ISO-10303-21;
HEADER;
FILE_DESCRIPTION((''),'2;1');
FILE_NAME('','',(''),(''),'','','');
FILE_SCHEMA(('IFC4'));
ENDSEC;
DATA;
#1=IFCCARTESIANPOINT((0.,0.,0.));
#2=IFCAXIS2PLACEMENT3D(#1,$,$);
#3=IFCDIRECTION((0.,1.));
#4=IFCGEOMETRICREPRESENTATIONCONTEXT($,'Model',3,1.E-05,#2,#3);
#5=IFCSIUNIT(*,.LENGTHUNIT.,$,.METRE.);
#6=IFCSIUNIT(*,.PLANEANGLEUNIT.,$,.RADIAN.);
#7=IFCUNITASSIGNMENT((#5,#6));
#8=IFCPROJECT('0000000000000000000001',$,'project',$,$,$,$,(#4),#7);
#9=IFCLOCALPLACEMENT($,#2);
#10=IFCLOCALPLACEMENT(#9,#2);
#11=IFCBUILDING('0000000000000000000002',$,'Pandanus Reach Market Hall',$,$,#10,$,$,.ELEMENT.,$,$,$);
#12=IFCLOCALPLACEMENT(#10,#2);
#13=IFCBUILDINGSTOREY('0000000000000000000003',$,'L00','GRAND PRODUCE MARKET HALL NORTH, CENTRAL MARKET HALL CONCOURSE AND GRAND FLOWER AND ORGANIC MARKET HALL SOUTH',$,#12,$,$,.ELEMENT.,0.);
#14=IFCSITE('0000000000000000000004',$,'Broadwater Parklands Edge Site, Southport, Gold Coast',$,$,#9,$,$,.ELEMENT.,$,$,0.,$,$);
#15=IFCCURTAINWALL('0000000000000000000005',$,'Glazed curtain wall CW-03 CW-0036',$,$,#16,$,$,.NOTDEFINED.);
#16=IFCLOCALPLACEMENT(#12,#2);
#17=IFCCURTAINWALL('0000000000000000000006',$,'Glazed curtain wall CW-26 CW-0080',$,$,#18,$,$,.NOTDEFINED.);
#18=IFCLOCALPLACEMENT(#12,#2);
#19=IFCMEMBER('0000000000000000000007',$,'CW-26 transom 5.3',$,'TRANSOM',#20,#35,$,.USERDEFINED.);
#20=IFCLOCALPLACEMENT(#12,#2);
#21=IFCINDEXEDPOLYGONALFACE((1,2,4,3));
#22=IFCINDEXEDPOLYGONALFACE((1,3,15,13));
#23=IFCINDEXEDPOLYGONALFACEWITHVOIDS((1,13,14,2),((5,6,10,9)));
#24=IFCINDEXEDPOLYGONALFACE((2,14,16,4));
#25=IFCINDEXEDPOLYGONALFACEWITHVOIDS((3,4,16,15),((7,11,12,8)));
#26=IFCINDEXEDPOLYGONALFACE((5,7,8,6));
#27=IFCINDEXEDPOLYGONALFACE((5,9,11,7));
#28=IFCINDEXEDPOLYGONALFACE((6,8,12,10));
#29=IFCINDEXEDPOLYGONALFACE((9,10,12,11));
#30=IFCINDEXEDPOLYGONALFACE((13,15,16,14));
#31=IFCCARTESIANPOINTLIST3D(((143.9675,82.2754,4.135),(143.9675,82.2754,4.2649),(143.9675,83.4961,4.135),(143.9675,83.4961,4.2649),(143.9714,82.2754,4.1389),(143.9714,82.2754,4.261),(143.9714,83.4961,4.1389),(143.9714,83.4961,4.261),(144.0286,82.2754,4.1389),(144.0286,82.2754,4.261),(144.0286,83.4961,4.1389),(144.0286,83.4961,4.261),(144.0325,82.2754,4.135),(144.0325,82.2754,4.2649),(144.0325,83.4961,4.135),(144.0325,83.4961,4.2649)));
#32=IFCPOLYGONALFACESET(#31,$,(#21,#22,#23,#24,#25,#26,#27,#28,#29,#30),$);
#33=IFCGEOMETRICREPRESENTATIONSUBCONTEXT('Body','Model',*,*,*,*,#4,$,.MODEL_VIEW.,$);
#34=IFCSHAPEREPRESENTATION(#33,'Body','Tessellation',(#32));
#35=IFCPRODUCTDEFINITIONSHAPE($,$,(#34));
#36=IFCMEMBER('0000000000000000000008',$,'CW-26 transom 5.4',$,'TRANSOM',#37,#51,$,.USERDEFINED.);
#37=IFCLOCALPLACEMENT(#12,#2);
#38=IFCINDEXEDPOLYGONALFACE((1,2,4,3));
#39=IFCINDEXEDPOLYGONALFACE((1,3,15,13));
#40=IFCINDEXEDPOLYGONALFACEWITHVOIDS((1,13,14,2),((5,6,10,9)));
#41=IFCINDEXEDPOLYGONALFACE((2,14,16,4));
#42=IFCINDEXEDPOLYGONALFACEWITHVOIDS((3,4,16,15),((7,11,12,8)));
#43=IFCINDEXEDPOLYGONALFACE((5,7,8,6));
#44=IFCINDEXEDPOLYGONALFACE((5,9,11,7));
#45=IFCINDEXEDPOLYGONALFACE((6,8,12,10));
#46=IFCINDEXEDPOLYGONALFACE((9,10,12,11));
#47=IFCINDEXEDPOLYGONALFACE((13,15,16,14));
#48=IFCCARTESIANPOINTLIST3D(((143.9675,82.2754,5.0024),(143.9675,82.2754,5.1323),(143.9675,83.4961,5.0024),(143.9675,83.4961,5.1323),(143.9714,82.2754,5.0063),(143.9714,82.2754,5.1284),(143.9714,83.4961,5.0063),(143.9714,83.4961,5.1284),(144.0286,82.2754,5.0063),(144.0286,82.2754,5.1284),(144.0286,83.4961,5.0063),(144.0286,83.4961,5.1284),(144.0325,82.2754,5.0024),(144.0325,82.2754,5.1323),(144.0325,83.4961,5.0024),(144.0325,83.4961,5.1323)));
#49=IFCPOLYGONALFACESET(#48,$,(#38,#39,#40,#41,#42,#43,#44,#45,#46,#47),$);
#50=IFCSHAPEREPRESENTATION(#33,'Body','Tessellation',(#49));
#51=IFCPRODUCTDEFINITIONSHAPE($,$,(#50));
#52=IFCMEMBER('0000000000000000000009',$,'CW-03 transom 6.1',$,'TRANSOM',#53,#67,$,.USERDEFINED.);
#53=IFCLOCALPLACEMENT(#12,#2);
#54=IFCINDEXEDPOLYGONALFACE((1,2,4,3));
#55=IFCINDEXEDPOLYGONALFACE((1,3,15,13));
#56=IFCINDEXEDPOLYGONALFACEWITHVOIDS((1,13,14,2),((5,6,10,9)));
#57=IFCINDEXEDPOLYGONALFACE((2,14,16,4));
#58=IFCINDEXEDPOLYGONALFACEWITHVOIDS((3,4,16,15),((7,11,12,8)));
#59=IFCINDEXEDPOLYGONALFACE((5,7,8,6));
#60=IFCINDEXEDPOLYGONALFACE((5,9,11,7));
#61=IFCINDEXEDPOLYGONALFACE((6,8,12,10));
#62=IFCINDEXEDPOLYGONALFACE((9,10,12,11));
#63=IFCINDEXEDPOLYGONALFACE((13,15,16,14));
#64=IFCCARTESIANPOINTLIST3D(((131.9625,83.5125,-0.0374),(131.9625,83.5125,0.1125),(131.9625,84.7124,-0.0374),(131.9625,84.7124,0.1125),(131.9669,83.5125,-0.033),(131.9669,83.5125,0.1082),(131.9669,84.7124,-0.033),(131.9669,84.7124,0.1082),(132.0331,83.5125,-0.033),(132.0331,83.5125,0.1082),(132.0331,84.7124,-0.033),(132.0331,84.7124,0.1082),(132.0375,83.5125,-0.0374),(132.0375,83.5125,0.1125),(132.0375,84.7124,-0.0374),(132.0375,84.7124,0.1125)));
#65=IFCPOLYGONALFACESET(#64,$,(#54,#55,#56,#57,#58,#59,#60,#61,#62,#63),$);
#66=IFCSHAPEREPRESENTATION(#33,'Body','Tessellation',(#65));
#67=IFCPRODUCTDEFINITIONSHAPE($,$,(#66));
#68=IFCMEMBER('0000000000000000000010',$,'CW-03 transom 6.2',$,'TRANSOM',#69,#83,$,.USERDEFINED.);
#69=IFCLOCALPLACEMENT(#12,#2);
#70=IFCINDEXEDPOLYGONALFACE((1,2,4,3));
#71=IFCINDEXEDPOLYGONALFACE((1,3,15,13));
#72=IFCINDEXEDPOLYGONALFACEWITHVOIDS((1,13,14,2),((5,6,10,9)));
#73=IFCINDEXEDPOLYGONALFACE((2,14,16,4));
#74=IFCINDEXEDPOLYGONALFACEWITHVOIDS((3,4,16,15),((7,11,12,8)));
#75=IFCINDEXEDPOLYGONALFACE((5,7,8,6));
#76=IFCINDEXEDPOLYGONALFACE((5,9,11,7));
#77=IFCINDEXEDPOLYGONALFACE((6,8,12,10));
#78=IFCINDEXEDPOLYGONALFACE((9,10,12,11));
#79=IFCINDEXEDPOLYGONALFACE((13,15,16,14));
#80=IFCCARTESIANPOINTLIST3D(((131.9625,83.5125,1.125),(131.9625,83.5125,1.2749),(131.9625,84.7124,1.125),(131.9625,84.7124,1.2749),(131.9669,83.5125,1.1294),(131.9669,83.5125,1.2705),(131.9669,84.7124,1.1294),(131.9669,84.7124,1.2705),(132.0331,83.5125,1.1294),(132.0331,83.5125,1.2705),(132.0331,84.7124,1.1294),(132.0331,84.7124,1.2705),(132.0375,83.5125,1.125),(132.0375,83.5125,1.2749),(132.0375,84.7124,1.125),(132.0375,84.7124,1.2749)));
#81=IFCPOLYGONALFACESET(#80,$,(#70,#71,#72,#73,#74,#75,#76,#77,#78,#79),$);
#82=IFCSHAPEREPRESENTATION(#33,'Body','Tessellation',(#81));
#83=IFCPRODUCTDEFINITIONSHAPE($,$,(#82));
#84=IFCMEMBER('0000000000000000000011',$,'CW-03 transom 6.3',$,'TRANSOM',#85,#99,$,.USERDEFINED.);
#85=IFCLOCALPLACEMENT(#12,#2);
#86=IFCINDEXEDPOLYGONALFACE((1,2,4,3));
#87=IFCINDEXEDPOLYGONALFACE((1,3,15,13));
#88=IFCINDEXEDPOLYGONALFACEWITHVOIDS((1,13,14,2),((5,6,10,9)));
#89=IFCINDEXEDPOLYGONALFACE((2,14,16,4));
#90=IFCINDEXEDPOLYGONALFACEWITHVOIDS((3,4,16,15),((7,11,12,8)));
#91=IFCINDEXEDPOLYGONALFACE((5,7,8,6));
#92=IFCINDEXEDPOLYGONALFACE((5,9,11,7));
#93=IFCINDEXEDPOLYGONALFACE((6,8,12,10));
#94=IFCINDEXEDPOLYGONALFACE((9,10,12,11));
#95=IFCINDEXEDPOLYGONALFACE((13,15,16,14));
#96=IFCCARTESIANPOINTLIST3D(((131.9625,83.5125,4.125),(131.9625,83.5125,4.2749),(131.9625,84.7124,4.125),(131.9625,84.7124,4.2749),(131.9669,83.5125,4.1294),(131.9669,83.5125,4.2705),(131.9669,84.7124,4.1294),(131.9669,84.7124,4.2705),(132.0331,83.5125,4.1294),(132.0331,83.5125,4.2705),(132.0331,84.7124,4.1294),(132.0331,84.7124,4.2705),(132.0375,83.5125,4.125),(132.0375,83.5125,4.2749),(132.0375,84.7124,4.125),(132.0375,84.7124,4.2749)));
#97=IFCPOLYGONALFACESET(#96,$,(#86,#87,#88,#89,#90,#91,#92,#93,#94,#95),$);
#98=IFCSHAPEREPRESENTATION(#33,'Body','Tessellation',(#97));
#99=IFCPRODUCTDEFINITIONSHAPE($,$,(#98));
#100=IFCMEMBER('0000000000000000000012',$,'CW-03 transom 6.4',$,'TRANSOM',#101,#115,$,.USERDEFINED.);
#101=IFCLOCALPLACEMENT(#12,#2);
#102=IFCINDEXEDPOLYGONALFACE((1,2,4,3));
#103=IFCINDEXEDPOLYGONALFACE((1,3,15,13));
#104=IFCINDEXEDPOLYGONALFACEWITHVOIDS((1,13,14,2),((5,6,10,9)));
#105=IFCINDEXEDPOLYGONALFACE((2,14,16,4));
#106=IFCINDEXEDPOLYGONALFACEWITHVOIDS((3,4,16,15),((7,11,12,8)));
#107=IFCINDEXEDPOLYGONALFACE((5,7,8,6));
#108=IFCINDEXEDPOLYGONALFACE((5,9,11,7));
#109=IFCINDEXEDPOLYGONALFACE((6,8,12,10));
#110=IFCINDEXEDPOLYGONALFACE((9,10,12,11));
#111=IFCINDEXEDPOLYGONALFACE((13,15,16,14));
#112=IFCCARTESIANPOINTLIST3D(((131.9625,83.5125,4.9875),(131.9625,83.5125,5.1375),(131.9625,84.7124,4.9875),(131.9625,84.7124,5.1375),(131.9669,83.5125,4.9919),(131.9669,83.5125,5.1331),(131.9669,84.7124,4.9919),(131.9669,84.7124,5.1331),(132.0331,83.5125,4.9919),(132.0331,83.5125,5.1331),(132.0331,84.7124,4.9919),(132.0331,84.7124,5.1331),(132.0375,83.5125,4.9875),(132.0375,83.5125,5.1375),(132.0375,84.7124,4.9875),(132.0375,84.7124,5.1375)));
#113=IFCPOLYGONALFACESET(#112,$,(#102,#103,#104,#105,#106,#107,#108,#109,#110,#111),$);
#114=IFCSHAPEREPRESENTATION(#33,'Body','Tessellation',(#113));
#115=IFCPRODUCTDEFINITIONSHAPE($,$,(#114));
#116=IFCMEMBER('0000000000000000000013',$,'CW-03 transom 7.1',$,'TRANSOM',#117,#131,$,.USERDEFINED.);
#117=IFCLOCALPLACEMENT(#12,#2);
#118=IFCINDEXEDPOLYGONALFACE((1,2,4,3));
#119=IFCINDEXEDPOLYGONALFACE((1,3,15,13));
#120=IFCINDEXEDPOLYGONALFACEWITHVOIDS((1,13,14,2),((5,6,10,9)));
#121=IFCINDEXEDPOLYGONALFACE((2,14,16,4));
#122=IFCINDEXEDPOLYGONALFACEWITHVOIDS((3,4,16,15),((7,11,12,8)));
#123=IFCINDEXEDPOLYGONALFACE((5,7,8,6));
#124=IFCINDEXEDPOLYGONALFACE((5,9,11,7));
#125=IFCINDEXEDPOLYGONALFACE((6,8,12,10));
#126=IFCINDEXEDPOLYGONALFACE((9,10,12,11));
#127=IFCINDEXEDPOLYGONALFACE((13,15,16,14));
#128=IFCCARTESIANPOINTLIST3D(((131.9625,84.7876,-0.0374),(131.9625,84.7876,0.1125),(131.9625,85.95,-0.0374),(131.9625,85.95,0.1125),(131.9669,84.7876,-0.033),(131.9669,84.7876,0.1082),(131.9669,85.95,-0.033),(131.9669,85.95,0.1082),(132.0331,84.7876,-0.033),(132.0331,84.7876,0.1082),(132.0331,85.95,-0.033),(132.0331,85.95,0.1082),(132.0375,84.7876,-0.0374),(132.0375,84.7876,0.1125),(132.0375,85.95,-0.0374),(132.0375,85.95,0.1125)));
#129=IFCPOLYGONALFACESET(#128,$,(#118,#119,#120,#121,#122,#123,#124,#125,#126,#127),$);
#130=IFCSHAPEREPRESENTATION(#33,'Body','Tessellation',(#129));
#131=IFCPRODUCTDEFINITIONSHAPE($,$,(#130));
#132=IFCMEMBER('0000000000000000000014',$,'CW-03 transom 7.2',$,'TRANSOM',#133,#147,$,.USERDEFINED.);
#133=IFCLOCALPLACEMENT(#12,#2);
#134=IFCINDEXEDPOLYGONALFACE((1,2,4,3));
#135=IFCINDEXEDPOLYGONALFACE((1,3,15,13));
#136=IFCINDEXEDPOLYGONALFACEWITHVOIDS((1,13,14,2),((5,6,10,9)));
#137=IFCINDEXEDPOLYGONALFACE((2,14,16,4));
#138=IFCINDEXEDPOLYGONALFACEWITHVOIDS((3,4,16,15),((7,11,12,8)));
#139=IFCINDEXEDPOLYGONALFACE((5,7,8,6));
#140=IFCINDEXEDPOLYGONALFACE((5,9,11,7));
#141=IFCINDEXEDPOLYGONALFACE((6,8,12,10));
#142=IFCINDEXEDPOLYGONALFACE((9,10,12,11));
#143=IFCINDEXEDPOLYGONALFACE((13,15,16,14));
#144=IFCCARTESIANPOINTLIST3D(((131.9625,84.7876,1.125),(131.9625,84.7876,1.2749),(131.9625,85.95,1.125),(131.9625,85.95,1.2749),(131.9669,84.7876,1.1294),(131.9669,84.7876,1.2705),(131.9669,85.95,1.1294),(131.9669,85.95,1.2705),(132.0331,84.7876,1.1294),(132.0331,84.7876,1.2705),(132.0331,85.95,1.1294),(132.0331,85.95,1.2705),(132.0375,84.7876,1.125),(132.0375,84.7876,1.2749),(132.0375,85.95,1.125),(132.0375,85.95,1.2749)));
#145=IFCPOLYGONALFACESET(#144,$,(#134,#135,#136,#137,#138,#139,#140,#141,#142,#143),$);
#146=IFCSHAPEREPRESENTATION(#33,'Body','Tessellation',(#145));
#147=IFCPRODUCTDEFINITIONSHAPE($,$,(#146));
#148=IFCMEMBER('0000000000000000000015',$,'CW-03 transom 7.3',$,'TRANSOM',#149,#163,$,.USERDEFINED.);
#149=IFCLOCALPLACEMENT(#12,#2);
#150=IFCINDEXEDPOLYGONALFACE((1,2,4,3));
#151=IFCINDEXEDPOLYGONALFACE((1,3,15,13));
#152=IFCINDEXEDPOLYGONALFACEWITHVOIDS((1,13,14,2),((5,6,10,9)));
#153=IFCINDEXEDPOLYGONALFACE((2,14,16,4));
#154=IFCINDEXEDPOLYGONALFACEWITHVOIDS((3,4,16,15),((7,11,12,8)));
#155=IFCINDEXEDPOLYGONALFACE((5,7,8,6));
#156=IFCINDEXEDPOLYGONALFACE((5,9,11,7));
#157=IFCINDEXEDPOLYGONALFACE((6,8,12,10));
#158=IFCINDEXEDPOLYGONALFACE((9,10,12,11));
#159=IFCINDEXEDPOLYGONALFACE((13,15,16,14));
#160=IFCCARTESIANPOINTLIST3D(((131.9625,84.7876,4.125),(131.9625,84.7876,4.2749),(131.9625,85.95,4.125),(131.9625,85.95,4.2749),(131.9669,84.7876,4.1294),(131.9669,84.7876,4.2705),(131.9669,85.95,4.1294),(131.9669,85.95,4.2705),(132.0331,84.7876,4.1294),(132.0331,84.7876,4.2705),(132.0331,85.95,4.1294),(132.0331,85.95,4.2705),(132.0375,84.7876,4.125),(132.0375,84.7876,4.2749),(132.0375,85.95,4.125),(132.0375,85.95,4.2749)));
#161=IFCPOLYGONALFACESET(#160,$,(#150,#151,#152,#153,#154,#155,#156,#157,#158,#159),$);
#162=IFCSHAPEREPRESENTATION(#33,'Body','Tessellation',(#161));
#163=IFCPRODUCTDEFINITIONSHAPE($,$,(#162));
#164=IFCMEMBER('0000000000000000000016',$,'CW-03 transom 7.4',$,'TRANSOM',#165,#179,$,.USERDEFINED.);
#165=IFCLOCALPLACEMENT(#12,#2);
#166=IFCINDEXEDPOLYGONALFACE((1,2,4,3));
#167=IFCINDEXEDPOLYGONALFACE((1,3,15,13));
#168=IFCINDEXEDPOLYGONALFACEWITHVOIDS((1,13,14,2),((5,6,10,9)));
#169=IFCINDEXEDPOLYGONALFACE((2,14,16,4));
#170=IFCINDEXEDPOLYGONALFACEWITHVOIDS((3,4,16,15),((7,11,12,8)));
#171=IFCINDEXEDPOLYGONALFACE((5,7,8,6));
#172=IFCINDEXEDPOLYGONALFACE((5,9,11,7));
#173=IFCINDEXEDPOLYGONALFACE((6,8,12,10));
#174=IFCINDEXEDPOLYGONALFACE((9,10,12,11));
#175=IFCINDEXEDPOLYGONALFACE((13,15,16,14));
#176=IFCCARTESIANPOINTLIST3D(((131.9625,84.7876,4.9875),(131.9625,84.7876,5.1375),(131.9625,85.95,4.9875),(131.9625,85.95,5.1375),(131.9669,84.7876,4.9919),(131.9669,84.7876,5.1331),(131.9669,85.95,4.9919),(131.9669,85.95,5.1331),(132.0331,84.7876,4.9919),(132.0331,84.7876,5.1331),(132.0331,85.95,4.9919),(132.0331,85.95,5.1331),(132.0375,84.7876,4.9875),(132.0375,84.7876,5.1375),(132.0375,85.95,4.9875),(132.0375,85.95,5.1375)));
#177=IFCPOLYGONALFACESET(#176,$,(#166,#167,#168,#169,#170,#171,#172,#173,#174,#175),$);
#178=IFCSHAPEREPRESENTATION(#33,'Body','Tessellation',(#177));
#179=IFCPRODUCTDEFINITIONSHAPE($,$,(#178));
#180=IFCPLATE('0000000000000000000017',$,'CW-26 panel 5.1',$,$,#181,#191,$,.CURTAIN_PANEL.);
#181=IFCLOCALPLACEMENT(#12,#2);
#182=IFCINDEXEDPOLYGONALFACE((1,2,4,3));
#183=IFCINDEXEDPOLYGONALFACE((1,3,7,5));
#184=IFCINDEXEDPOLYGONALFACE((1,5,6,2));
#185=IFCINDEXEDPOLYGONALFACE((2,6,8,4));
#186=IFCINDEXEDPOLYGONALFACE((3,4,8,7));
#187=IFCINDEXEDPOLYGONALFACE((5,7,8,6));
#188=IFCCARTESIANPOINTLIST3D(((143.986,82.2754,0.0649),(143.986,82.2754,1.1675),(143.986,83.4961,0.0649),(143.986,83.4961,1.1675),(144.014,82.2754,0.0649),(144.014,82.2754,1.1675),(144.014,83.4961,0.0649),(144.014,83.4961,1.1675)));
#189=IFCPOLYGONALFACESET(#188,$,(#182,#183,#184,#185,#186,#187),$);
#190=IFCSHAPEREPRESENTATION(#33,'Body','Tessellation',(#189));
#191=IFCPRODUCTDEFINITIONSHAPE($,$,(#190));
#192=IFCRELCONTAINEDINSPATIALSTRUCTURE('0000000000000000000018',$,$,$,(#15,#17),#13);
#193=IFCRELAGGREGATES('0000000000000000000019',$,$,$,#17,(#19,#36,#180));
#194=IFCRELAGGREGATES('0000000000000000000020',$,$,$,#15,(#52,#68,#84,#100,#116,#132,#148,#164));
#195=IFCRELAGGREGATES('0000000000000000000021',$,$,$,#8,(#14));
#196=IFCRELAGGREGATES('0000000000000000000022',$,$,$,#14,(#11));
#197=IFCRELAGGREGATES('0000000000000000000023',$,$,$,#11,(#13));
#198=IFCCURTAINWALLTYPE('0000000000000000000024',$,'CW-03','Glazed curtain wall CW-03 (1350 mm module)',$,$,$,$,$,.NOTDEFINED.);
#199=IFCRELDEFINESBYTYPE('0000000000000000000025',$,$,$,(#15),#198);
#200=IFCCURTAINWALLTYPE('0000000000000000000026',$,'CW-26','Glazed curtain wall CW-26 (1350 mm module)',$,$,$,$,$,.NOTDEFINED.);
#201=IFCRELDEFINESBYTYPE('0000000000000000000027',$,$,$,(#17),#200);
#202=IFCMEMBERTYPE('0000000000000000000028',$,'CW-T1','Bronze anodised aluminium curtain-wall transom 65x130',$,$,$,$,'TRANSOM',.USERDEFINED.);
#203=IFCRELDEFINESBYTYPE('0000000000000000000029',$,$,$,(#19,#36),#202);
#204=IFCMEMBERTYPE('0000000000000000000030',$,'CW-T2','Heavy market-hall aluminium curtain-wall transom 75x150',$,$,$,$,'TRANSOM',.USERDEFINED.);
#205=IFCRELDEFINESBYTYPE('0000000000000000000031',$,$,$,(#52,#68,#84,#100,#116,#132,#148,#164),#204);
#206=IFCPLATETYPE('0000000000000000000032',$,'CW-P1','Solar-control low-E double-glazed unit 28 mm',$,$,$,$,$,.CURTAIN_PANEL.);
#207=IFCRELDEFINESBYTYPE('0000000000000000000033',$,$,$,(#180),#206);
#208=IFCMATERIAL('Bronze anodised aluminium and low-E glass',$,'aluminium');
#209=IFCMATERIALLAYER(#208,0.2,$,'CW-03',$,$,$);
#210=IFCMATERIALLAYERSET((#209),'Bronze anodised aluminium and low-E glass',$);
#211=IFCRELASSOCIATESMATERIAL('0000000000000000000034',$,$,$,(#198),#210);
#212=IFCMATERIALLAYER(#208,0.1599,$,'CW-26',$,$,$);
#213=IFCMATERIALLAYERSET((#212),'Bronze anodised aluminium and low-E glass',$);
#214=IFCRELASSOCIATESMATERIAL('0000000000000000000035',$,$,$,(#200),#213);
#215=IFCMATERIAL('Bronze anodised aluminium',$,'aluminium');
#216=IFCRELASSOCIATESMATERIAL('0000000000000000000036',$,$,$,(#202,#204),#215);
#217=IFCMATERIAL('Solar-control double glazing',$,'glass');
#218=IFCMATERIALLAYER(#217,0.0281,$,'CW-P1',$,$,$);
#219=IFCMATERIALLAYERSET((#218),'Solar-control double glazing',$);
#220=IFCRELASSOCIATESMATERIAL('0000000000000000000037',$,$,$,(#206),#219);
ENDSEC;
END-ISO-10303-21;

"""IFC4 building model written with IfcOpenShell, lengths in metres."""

from ifc_helpers import new_model, si_unit, direction, frame, origin, origin_2d, place, context, subcontext, project, spatial, rectangle, hollow_rectangle, extrude, material, layer, layer_set, material_profile, profile_set, type_object, element, aggregate, save


model = new_model("IFC4")

# Units and contexts
model_context = context("Model", 3, precision=1e-05, world=origin(), true_north=direction((0.0, 1.0)))
body_context = subcontext(model_context, "Body", "Model", "MODEL_VIEW")
ifc_project = project(units=[si_unit("LENGTHUNIT", "METRE"), si_unit("PLANEANGLEUNIT", "RADIAN")], contexts=[model_context])

# Site, building, storey
site_placement = place(None, origin())
site = spatial("IfcSite", under=ifc_project, at=site_placement, Name="Broadwater Parklands Edge Site, Southport, Gold Coast", CompositionType="ELEMENT", RefElevation=0.0)
building_placement = place(site_placement, origin())
building = spatial("IfcBuilding", under=site, at=building_placement, Name="Pandanus Reach Market Hall", CompositionType="ELEMENT")
storey_placement = place(building_placement, origin())
storey = spatial("IfcBuildingStorey", under=building, at=storey_placement, Name="L00", Description="GRAND PRODUCE MARKET HALL NORTH, CENTRAL MARKET HALL CONCOURSE AND GRAND FLOWER AND ORGANIC MARKET HALL SOUTH", CompositionType="ELEMENT", Elevation=0.0)

# Curtain walls, members
ifc_material_1 = material(Name="Bronze anodised aluminium and low-E glass", Category="aluminium")
ifc_layer_1 = layer(ifc_material_1, 0.2, Name="CW-03")
ifc_layer_set_1 = layer_set([ifc_layer_1], Name="Bronze anodised aluminium and low-E glass")
curtain_wall_type_1 = type_object("IfcCurtainWallType", Name="CW-03", Description="Glazed curtain wall CW-03 (1350 mm module)", PredefinedType="NOTDEFINED", material=ifc_layer_set_1)
curtain_wall_1_placement = place(storey_placement, origin())
curtain_wall_1 = element("IfcCurtainWall", 1, at=curtain_wall_1_placement, inside=storey, type_object=curtain_wall_type_1, Name="Glazed curtain wall CW-03 CW-0036", PredefinedType="NOTDEFINED")
ifc_material_2 = material(Name="Bronze anodised aluminium", Category="aluminium")
ifc_layer_2 = layer(ifc_material_1, 0.1599, Name="CW-26")
ifc_layer_set_2 = layer_set([ifc_layer_2], Name="Bronze anodised aluminium and low-E glass")
curtain_wall_type_2 = type_object("IfcCurtainWallType", Name="CW-26", Description="Glazed curtain wall CW-26 (1350 mm module)", PredefinedType="NOTDEFINED", material=ifc_layer_set_2)
curtain_wall_2_placement = place(storey_placement, origin())
curtain_wall_2 = element("IfcCurtainWall", 2, at=curtain_wall_2_placement, inside=storey, type_object=curtain_wall_type_2, Name="Glazed curtain wall CW-26 CW-0080", PredefinedType="NOTDEFINED")
ifc_material_profile_1 = material_profile(ifc_material_2, hollow_rectangle(XDim=0.0649, YDim=0.1299, WallThickness=0.0039, at=origin_2d()), Name="ALU65x130", Category="LoadBearing")
ifc_profile_set_1 = profile_set([ifc_material_profile_1], Name="Bronze anodised aluminium")
member_type_1 = type_object("IfcMemberType", Name="CW-T1", Description="Bronze anodised aluminium curtain-wall transom 65x130", ElementType="TRANSOM", PredefinedType="USERDEFINED", material=ifc_profile_set_1)
member_1_placement = place(storey_placement, frame((144.0, 82.2754, 4.2), z_axis=(0.0, 1.0, 0.0), x_axis=(-1.0, 0.0, 0.0)))
member_1 = element("IfcMember", 3, at=member_1_placement, type_object=member_type_1, Name="CW-26 transom 5.3", ObjectType="TRANSOM", PredefinedType="USERDEFINED", context=body_context, shape_type="SweptSolid", body=[
    extrude(hollow_rectangle(XDim=0.0649, YDim=0.1299, WallThickness=0.0039, at=origin_2d()), origin(), (0.0, 0.0, 1.0), 1.2207),
])
member_2_placement = place(storey_placement, frame((144.0, 82.2754, 5.0674), z_axis=(0.0, 1.0, 0.0), x_axis=(-1.0, 0.0, 0.0)))
member_2 = element("IfcMember", 4, at=member_2_placement, type_object=member_type_1, Name="CW-26 transom 5.4", ObjectType="TRANSOM", PredefinedType="USERDEFINED", context=body_context, shape_type="SweptSolid", body=[
    extrude(hollow_rectangle(XDim=0.0649, YDim=0.1299, WallThickness=0.0039, at=origin_2d()), origin(), (0.0, 0.0, 1.0), 1.2207),
])

# Members
ifc_material_profile_2 = material_profile(ifc_material_2, hollow_rectangle(XDim=0.075, YDim=0.1499, WallThickness=0.0044, at=origin_2d()), Name="ALU75x150", Category="LoadBearing")
ifc_profile_set_2 = profile_set([ifc_material_profile_2], Name="Bronze anodised aluminium")
member_type_2 = type_object("IfcMemberType", Name="CW-T2", Description="Heavy market-hall aluminium curtain-wall transom 75x150", ElementType="TRANSOM", PredefinedType="USERDEFINED", material=ifc_profile_set_2)
member_3_placement = place(storey_placement, frame((132.0, 83.5125, 0.0376), z_axis=(0.0, 1.0, 0.0), x_axis=(-1.0, 0.0, 0.0)))
member_3 = element("IfcMember", 5, at=member_3_placement, type_object=member_type_2, Name="CW-03 transom 6.1", ObjectType="TRANSOM", PredefinedType="USERDEFINED", context=body_context, shape_type="SweptSolid", body=[
    extrude(hollow_rectangle(XDim=0.075, YDim=0.1499, WallThickness=0.0044, at=origin_2d()), origin(), (0.0, 0.0, 1.0), 1.2),
])
member_4_placement = place(storey_placement, frame((132.0, 83.5125, 1.2), z_axis=(0.0, 1.0, 0.0), x_axis=(-1.0, 0.0, 0.0)))
member_4 = element("IfcMember", 6, at=member_4_placement, type_object=member_type_2, Name="CW-03 transom 6.2", ObjectType="TRANSOM", PredefinedType="USERDEFINED", context=body_context, shape_type="SweptSolid", body=[
    extrude(hollow_rectangle(XDim=0.075, YDim=0.1499, WallThickness=0.0044, at=origin_2d()), origin(), (0.0, 0.0, 1.0), 1.2),
])
member_5_placement = place(storey_placement, frame((132.0, 83.5125, 4.2), z_axis=(0.0, 1.0, 0.0), x_axis=(-1.0, 0.0, 0.0)))
member_5 = element("IfcMember", 7, at=member_5_placement, type_object=member_type_2, Name="CW-03 transom 6.3", ObjectType="TRANSOM", PredefinedType="USERDEFINED", context=body_context, shape_type="SweptSolid", body=[
    extrude(hollow_rectangle(XDim=0.075, YDim=0.1499, WallThickness=0.0044, at=origin_2d()), origin(), (0.0, 0.0, 1.0), 1.2),
])
member_6_placement = place(storey_placement, frame((132.0, 83.5125, 5.0625), z_axis=(0.0, 1.0, 0.0), x_axis=(-1.0, 0.0, 0.0)))
member_6 = element("IfcMember", 8, at=member_6_placement, type_object=member_type_2, Name="CW-03 transom 6.4", ObjectType="TRANSOM", PredefinedType="USERDEFINED", context=body_context, shape_type="SweptSolid", body=[
    extrude(hollow_rectangle(XDim=0.075, YDim=0.1499, WallThickness=0.0044, at=origin_2d()), origin(), (0.0, 0.0, 1.0), 1.2),
])
member_7_placement = place(storey_placement, frame((132.0, 84.7876, 0.0376), z_axis=(0.0, 1.0, 0.0), x_axis=(-1.0, 0.0, 0.0)))
member_7 = element("IfcMember", 9, at=member_7_placement, type_object=member_type_2, Name="CW-03 transom 7.1", ObjectType="TRANSOM", PredefinedType="USERDEFINED", context=body_context, shape_type="SweptSolid", body=[
    extrude(hollow_rectangle(XDim=0.075, YDim=0.1499, WallThickness=0.0044, at=origin_2d()), origin(), (0.0, 0.0, 1.0), 1.1624),
])
member_8_placement = place(storey_placement, frame((132.0, 84.7876, 1.2), z_axis=(0.0, 1.0, 0.0), x_axis=(-1.0, 0.0, 0.0)))
member_8 = element("IfcMember", 10, at=member_8_placement, type_object=member_type_2, Name="CW-03 transom 7.2", ObjectType="TRANSOM", PredefinedType="USERDEFINED", context=body_context, shape_type="SweptSolid", body=[
    extrude(hollow_rectangle(XDim=0.075, YDim=0.1499, WallThickness=0.0044, at=origin_2d()), origin(), (0.0, 0.0, 1.0), 1.1624),
])
member_9_placement = place(storey_placement, frame((132.0, 84.7876, 4.2), z_axis=(0.0, 1.0, 0.0), x_axis=(-1.0, 0.0, 0.0)))
member_9 = element("IfcMember", 11, at=member_9_placement, type_object=member_type_2, Name="CW-03 transom 7.3", ObjectType="TRANSOM", PredefinedType="USERDEFINED", context=body_context, shape_type="SweptSolid", body=[
    extrude(hollow_rectangle(XDim=0.075, YDim=0.1499, WallThickness=0.0044, at=origin_2d()), origin(), (0.0, 0.0, 1.0), 1.1624),
])
member_10_placement = place(storey_placement, frame((132.0, 84.7876, 5.0625), z_axis=(0.0, 1.0, 0.0), x_axis=(-1.0, 0.0, 0.0)))
member_10 = element("IfcMember", 12, at=member_10_placement, type_object=member_type_2, Name="CW-03 transom 7.4", ObjectType="TRANSOM", PredefinedType="USERDEFINED", context=body_context, shape_type="SweptSolid", body=[
    extrude(hollow_rectangle(XDim=0.075, YDim=0.1499, WallThickness=0.0044, at=origin_2d()), origin(), (0.0, 0.0, 1.0), 1.1624),
])

# Plate
ifc_material_3 = material(Name="Solar-control double glazing", Category="glass")
ifc_layer_3 = layer(ifc_material_3, 0.0281, Name="CW-P1")
ifc_layer_set_3 = layer_set([ifc_layer_3], Name="Solar-control double glazing")
plate_type_1 = type_object("IfcPlateType", Name="CW-P1", Description="Solar-control low-E double-glazed unit 28 mm", PredefinedType="CURTAIN_PANEL", material=ifc_layer_set_3)
plate_1_placement = place(storey_placement, frame((144.0, 82.8857, 0.0649), z_axis=(0.0, 0.0, 1.0), x_axis=(0.0, 1.0, 0.0)))
plate_1 = element("IfcPlate", 13, at=plate_1_placement, type_object=plate_type_1, Name="CW-26 panel 5.1", PredefinedType="CURTAIN_PANEL", context=body_context, shape_type="SweptSolid", body=[
    extrude(rectangle(XDim=1.2207, YDim=0.0281, at=origin_2d()), origin(), (0.0, 0.0, 1.0), 1.1025),
])
aggregate(curtain_wall_2, [member_1, member_2, plate_1])
aggregate(curtain_wall_1, [member_3, member_4, member_5, member_6, member_7, member_8, member_9, member_10])

save(model, "model.ifc")
